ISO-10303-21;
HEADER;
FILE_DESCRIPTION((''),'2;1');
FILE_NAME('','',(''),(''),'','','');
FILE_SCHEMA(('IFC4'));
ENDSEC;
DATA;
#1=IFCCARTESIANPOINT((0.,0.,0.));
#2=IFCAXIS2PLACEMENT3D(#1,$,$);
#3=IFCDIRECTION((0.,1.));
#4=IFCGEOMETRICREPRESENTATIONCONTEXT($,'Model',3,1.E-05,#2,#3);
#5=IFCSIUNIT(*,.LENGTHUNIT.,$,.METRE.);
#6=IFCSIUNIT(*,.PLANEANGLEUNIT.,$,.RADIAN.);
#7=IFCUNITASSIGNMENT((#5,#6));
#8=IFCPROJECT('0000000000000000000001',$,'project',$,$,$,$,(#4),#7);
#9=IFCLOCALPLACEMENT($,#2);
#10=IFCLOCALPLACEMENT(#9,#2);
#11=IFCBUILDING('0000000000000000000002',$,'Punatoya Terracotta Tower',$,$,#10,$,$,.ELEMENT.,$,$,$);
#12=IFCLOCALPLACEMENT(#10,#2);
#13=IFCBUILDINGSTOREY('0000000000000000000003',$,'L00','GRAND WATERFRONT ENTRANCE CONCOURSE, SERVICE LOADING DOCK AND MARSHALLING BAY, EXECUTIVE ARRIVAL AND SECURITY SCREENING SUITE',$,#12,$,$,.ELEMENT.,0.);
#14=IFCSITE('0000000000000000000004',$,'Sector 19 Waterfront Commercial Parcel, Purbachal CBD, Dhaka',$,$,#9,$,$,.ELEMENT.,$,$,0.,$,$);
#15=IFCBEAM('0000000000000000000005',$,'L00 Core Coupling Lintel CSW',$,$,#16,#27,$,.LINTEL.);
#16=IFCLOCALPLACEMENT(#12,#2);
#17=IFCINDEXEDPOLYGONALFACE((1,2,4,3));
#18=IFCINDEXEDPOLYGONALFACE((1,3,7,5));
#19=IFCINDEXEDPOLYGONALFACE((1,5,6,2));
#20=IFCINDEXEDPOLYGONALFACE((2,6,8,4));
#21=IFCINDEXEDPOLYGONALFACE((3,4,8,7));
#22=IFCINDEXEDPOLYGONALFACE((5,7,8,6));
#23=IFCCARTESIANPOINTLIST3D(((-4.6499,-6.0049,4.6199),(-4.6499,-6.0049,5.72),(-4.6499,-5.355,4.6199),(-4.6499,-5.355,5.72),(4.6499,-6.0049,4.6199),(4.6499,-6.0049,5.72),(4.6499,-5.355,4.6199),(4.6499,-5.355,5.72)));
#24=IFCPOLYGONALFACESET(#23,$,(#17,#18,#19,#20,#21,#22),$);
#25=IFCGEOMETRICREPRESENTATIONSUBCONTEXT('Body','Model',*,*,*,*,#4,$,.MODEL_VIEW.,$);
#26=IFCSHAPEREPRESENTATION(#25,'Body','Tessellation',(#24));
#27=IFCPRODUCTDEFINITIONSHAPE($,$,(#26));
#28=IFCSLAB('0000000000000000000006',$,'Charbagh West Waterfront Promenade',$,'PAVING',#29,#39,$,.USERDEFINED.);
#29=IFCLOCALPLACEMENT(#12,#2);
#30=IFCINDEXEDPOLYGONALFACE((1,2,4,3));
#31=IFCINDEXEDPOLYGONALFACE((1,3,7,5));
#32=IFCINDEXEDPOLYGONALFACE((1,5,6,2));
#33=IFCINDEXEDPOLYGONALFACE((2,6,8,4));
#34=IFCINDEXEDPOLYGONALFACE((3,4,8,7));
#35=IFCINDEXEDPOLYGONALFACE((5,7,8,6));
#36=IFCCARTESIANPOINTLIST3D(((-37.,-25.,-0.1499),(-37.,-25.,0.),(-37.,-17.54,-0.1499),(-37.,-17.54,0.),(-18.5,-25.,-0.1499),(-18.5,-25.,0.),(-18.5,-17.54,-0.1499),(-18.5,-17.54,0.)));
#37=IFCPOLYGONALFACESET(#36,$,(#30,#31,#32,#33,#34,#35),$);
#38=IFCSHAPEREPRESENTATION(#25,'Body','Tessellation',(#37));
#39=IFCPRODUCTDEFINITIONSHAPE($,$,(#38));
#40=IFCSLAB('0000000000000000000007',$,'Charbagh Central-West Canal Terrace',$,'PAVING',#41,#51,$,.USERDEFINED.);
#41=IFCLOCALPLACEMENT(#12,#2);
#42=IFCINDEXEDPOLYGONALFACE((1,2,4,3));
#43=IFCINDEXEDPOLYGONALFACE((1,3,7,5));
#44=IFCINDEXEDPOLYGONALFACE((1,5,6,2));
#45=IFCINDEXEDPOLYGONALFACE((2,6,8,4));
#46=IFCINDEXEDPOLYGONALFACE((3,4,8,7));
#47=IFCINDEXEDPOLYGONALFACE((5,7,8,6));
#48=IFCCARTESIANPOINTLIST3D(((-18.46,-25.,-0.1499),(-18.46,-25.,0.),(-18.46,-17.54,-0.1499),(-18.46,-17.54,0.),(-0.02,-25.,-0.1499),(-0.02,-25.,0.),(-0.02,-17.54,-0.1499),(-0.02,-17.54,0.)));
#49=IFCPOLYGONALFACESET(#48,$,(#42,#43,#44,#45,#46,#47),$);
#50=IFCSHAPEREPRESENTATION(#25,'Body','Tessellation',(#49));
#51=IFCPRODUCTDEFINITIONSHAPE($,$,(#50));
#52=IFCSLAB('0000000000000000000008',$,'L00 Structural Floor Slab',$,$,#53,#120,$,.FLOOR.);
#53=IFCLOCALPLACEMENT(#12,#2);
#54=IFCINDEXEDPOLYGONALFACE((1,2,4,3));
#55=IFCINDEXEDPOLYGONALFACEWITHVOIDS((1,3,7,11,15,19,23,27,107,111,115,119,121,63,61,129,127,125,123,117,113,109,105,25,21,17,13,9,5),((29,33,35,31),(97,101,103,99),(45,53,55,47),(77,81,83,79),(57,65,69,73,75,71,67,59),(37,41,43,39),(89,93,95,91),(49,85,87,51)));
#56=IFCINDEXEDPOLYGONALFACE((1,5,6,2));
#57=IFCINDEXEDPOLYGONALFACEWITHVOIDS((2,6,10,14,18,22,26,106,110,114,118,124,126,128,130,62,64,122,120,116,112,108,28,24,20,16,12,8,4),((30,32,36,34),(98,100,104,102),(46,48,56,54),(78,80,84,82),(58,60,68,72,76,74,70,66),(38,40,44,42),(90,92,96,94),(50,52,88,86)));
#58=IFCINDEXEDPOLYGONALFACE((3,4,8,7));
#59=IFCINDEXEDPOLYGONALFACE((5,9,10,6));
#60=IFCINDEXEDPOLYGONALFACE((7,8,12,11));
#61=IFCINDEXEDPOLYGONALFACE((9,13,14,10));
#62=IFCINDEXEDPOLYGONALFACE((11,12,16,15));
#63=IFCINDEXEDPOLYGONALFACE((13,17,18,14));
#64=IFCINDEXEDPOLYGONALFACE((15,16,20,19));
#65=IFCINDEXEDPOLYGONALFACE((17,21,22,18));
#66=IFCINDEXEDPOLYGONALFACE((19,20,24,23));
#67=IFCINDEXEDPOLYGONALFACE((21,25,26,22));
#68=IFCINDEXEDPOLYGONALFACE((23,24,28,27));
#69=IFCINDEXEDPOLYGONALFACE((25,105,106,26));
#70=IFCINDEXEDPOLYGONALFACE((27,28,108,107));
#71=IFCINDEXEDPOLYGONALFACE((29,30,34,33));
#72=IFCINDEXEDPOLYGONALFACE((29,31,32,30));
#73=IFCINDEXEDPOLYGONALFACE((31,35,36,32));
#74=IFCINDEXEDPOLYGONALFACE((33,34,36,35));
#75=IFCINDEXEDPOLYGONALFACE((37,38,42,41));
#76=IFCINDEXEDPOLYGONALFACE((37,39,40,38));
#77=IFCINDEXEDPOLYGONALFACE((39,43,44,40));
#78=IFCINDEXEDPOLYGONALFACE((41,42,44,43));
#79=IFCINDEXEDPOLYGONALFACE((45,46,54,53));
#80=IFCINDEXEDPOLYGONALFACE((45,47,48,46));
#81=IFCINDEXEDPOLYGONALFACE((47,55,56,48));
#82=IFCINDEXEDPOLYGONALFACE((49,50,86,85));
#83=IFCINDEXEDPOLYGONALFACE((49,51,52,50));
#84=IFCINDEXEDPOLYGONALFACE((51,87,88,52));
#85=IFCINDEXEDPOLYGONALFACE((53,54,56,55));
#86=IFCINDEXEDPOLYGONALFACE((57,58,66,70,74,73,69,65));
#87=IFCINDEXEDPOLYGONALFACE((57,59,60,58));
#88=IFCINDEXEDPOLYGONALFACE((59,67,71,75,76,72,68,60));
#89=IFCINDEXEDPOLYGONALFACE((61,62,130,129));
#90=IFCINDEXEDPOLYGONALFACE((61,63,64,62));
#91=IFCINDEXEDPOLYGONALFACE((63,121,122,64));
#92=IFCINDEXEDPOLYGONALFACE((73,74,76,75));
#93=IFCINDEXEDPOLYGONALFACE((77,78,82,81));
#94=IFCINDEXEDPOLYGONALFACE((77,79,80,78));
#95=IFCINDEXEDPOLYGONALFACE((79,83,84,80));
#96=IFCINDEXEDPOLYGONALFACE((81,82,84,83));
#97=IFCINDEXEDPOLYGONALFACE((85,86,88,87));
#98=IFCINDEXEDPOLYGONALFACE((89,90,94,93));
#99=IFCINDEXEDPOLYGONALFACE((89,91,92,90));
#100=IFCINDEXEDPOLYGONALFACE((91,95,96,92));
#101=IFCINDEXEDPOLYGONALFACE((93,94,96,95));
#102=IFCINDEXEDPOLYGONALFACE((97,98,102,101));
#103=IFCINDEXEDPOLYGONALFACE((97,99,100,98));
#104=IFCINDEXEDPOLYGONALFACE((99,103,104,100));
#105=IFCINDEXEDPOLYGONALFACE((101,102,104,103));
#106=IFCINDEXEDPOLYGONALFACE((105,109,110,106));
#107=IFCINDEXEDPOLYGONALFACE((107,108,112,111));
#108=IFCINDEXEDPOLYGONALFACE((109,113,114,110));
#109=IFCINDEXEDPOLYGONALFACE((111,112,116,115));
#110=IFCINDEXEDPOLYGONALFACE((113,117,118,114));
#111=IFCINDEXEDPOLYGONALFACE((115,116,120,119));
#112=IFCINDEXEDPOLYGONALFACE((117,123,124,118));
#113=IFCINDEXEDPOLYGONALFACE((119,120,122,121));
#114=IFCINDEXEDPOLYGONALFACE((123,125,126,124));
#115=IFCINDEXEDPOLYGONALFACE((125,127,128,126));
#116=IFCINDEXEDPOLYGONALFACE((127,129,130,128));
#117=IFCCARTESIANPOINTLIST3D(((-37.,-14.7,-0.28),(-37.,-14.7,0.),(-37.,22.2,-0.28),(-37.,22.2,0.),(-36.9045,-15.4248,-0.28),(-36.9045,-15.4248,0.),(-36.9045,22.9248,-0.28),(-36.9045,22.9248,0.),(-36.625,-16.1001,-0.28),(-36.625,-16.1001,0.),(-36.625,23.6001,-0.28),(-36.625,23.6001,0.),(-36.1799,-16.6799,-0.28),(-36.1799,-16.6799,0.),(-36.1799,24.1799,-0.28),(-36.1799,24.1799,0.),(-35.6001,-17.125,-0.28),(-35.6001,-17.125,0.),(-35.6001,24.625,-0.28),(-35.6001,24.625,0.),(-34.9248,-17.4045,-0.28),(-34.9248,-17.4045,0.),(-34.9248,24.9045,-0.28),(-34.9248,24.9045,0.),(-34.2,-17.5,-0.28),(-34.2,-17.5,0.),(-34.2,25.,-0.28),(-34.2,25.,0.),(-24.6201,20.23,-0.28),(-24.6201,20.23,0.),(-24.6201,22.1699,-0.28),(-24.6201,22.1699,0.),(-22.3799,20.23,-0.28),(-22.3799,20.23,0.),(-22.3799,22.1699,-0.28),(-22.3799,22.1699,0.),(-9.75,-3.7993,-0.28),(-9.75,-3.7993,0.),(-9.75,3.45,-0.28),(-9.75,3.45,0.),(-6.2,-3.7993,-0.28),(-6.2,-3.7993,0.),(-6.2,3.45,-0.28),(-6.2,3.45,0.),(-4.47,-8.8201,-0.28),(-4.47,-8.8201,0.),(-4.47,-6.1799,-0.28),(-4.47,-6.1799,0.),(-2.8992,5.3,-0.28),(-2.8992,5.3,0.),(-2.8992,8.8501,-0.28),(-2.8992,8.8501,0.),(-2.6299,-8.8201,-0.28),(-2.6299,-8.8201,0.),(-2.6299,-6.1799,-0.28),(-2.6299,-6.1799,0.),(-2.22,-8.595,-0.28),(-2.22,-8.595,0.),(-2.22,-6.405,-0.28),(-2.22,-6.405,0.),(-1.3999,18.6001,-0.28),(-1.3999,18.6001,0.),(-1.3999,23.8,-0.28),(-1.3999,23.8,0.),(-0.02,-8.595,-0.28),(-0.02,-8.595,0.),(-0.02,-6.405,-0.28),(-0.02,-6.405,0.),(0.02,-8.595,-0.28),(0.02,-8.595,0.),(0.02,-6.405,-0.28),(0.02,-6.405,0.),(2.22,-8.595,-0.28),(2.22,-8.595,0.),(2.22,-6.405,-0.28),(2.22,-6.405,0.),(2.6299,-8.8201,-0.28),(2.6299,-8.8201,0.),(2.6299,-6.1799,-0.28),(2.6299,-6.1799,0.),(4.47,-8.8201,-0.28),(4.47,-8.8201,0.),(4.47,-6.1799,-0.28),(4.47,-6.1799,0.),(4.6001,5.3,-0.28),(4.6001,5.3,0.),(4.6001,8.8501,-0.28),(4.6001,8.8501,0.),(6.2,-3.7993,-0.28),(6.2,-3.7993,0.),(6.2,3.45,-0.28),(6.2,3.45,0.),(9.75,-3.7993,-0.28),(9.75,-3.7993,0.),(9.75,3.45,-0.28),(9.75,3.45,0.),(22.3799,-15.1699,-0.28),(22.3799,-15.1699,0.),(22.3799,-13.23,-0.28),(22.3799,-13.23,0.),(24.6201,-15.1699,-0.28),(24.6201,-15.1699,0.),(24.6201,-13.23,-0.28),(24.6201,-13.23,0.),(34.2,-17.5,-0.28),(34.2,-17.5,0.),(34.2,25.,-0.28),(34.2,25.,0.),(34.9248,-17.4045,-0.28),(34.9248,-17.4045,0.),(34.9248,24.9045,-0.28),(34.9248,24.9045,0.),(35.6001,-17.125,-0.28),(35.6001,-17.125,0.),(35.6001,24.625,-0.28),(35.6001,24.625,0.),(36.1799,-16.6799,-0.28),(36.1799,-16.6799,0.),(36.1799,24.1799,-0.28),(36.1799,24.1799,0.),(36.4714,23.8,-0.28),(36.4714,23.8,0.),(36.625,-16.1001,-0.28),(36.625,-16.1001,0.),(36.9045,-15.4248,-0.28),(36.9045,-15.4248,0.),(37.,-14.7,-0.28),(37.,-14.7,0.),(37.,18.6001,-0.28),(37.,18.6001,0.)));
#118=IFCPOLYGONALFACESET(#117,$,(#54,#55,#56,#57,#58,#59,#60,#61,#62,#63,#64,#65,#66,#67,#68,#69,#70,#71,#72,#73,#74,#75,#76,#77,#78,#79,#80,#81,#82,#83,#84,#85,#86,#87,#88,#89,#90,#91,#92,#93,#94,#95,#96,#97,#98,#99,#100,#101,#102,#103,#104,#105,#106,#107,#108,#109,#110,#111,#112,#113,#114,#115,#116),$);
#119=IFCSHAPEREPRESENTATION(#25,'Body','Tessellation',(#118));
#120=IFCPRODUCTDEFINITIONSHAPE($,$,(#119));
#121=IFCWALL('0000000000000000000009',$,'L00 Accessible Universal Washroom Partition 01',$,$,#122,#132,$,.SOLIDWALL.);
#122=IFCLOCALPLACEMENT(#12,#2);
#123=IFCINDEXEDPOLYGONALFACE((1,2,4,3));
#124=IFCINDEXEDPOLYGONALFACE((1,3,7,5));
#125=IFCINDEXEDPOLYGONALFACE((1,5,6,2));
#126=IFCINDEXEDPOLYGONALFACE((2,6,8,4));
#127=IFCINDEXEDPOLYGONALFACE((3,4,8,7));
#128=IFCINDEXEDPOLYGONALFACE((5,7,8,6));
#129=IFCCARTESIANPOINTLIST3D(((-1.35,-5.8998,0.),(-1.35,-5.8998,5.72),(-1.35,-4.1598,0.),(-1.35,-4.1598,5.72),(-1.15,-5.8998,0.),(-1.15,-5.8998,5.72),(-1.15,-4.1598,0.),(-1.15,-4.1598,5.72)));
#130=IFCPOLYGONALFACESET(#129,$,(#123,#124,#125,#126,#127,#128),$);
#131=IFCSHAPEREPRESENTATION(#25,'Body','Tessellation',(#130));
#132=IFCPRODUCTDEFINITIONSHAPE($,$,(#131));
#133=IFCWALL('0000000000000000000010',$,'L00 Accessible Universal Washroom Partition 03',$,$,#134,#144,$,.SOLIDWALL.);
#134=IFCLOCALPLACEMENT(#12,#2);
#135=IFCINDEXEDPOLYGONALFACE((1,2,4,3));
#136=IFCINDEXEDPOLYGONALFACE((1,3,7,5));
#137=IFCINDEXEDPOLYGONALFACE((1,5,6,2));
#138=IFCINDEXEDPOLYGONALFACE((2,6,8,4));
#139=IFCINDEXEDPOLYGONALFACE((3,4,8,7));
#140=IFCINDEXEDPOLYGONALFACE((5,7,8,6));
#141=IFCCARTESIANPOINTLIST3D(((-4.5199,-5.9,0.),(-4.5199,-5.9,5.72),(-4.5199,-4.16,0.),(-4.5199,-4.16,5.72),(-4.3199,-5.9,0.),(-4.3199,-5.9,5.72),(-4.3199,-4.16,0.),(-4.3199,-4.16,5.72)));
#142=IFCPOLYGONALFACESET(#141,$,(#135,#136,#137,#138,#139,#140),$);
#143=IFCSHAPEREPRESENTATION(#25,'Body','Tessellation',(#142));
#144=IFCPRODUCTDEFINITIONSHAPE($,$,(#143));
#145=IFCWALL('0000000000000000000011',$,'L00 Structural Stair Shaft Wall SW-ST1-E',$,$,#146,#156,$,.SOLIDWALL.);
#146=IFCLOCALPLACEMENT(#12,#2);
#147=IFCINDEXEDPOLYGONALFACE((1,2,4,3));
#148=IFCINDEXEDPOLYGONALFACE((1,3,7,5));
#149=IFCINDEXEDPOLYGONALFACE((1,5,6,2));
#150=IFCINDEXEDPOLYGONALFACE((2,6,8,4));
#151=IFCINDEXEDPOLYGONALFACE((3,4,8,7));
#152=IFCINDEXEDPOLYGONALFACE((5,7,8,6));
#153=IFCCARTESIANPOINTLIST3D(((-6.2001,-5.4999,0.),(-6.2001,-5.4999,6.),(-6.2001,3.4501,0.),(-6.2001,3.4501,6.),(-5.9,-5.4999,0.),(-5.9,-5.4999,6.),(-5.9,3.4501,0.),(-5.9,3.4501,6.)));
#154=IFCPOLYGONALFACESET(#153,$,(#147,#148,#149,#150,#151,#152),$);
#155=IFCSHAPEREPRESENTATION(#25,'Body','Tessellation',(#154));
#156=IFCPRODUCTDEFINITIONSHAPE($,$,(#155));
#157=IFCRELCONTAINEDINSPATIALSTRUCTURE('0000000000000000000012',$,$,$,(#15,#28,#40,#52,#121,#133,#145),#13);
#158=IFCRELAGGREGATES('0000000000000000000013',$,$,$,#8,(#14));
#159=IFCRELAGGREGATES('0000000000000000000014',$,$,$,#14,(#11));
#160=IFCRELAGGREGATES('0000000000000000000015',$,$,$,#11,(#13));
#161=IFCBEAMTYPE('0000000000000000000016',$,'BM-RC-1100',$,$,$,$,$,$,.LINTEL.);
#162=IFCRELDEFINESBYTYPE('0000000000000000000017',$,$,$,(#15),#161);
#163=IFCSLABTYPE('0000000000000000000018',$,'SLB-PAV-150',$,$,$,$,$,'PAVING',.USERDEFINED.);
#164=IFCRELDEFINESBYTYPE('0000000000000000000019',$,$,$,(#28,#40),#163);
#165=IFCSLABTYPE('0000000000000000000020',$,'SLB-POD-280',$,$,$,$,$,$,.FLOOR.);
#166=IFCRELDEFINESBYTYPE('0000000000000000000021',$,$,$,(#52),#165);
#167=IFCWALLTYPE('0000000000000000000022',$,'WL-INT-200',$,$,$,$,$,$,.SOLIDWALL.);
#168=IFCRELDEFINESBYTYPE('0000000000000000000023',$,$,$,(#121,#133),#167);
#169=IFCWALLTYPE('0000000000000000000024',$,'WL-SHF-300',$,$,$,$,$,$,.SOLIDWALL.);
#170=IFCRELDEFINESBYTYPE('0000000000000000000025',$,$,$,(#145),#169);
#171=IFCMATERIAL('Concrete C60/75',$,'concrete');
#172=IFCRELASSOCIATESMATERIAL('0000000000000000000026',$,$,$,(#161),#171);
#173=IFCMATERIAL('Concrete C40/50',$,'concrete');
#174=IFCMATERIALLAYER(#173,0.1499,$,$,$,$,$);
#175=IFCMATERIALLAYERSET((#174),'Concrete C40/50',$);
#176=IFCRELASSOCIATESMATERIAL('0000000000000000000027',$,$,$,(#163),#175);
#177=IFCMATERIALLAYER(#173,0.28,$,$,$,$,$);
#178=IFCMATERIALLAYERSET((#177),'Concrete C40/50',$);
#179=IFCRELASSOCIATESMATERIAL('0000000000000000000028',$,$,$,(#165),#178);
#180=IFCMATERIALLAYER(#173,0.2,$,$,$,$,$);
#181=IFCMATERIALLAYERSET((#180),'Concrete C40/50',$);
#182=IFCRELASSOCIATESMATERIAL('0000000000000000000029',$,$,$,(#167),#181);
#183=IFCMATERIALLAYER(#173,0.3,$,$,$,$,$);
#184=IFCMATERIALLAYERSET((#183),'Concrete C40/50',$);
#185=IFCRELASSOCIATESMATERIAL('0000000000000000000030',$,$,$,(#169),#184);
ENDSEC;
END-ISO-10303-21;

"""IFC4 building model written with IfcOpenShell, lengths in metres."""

from ifc_helpers import new_model, si_unit, direction, frame, frame_2d, origin, origin_2d, place, context, subcontext, project, spatial, polyline, rectangle, outline, extrude, material, layer, layer_set, material_profile, profile_set, type_object, element, save


model = new_model("IFC4")

# Units and contexts
model_context = context("Model", 3, precision=1e-05, world=origin(), true_north=direction((0.0, 1.0)))
body_context = subcontext(model_context, "Body", "Model", "MODEL_VIEW")
ifc_project = project(units=[si_unit("LENGTHUNIT", "METRE"), si_unit("PLANEANGLEUNIT", "RADIAN")], contexts=[model_context])

# Site, building, storey
site_placement = place(None, origin())
site = spatial("IfcSite", under=ifc_project, at=site_placement, Name="Sector 19 Waterfront Commercial Parcel, Purbachal CBD, Dhaka", CompositionType="ELEMENT", RefElevation=0.0)
building_placement = place(site_placement, origin())
building = spatial("IfcBuilding", under=site, at=building_placement, Name="Punatoya Terracotta Tower", CompositionType="ELEMENT")
storey_placement = place(building_placement, origin())
storey = spatial("IfcBuildingStorey", under=building, at=storey_placement, Name="L00", Description="GRAND WATERFRONT ENTRANCE CONCOURSE, SERVICE LOADING DOCK AND MARSHALLING BAY, EXECUTIVE ARRIVAL AND SECURITY SCREENING SUITE", CompositionType="ELEMENT", Elevation=0.0)

# Beam
ifc_material_1 = material(Name="Concrete C60/75", Category="concrete")
ifc_material_profile = material_profile(ifc_material_1, rectangle(XDim=0.6499, YDim=1.1001, at=origin_2d()))
ifc_profile_set = profile_set([ifc_material_profile], Name="Concrete C60/75")
beam_type = type_object("IfcBeamType", Name="BM-RC-1100", PredefinedType="LINTEL", material=ifc_profile_set)
beam_placement = place(storey_placement, frame((-4.6499, -5.6799, 5.1699), z_axis=(1.0, 0.0, 0.0), x_axis=(0.0, 1.0, 0.0)))
element("IfcBeam", 1, at=beam_placement, inside=storey, type_object=beam_type, Name="L00 Core Coupling Lintel CSW", PredefinedType="LINTEL", context=body_context, shape_type="SweptSolid", body=[
    extrude(rectangle(XDim=0.6499, YDim=1.1001, at=origin_2d()), origin(), (0.0, 0.0, 1.0), 9.2998),
])

# Slabs
ifc_material_2 = material(Name="Concrete C40/50", Category="concrete")
ifc_layer_1 = layer(ifc_material_2, 0.1499)
ifc_layer_set_1 = layer_set([ifc_layer_1], Name="Concrete C40/50")
slab_type_1 = type_object("IfcSlabType", Name="SLB-PAV-150", ElementType="PAVING", PredefinedType="USERDEFINED", material=ifc_layer_set_1)
slab_1_placement = place(storey_placement, frame((0.0, 0.0, -0.1499)))
element("IfcSlab", 2, at=slab_1_placement, inside=storey, type_object=slab_type_1, Name="Charbagh West Waterfront Promenade", ObjectType="PAVING", PredefinedType="USERDEFINED", context=body_context, shape_type="SweptSolid", body=[
    extrude(outline(polyline([(-37.0, -25.0), (-18.5, -25.0), (-18.5, -17.54), (-37.0, -17.54), (-37.0, -25.0)])), origin(), (0.0, 0.0, 1.0), 0.1499),
])
slab_2_placement = place(storey_placement, frame((0.0, 0.0, -0.1499)))
element("IfcSlab", 3, at=slab_2_placement, inside=storey, type_object=slab_type_1, Name="Charbagh Central-West Canal Terrace", ObjectType="PAVING", PredefinedType="USERDEFINED", context=body_context, shape_type="SweptSolid", body=[
    extrude(outline(polyline([(-18.46, -25.0), (-0.02, -25.0), (-0.02, -17.54), (-18.46, -17.54), (-18.46, -25.0)])), origin(), (0.0, 0.0, 1.0), 0.1499),
])
ifc_layer_2 = layer(ifc_material_2, 0.28)
ifc_layer_set_2 = layer_set([ifc_layer_2], Name="Concrete C40/50")
slab_type_2 = type_object("IfcSlabType", Name="SLB-POD-280", PredefinedType="FLOOR", material=ifc_layer_set_2)
slab_3_placement = place(storey_placement, frame((0.0, 0.0, -0.28)))
element("IfcSlab", 4, at=slab_3_placement, inside=storey, type_object=slab_type_2, Name="L00 Structural Floor Slab", PredefinedType="FLOOR", context=body_context, shape_type="SweptSolid", body=[
    extrude(outline(polyline([(37.0, -14.7), (36.9045, -15.4248), (36.625, -16.1001), (36.1799, -16.6799), (35.6001, -17.125), (34.9248, -17.4045), (34.2, -17.5), (-34.2, -17.5), (-34.9248, -17.4045), (-35.6001, -17.125), (-36.1799, -16.6799), (-36.625, -16.1001), (-36.9045, -15.4248), (-37.0, -14.7), (-37.0, 22.2), (-36.9045, 22.9248), (-36.625, 23.6001), (-36.1799, 24.1799), (-35.6001, 24.625), (-34.9248, 24.9045), (-34.2, 25.0), (34.2, 25.0), (34.9248, 24.9045), (35.6001, 24.625), (36.1799, 24.1799), (36.4714, 23.8), (-1.3999, 23.8), (-1.3999, 18.6001), (37.0, 18.6001), (37.0, -14.7)]), holes=[polyline([(24.6201, -13.23), (22.3799, -13.23), (22.3799, -15.1699), (24.6201, -15.1699), (24.6201, -13.23)]), polyline([(-2.6299, -6.1799), (-4.47, -6.1799), (-4.47, -8.8201), (-2.6299, -8.8201), (-2.6299, -6.1799)]), polyline([(-2.22, -6.405), (-2.22, -8.595), (-0.02, -8.595), (0.02, -8.595), (2.22, -8.595), (2.22, -6.405), (0.02, -6.405), (-0.02, -6.405), (-2.22, -6.405)]), polyline([(4.47, -8.8201), (4.47, -6.1799), (2.6299, -6.1799), (2.6299, -8.8201), (4.47, -8.8201)]), polyline([(-9.75, 3.45), (-9.75, -3.7993), (-6.2, -3.7993), (-6.2, 3.45), (-9.75, 3.45)]), polyline([(6.2, 3.45), (6.2, -3.7993), (9.75, -3.7993), (9.75, 3.45), (6.2, 3.45)]), polyline([(4.6001, 8.8501), (-2.8992, 8.8501), (-2.8992, 5.3), (4.6001, 5.3), (4.6001, 8.8501)]), polyline([(-22.3799, 20.23), (-22.3799, 22.1699), (-24.6201, 22.1699), (-24.6201, 20.23), (-22.3799, 20.23)])]), origin(), (0.0, 0.0, 1.0), 0.28),
])

# Wall
ifc_layer_3 = layer(ifc_material_2, 0.2)
ifc_layer_set_3 = layer_set([ifc_layer_3], Name="Concrete C40/50")
wall_type_1 = type_object("IfcWallType", Name="WL-INT-200", PredefinedType="SOLIDWALL", material=ifc_layer_set_3)
wall_1_placement = place(storey_placement, frame((-1.25, -5.8999, 0.0), z_axis=(0.0, 0.0, 1.0), x_axis=(0.0, 1.0, 0.0)))
element("IfcWall", 5, at=wall_1_placement, inside=storey, type_object=wall_type_1, Name="L00 Accessible Universal Washroom Partition 01", PredefinedType="SOLIDWALL", context=body_context, shape_type="SweptSolid", body=[
    extrude(rectangle(XDim=1.74, YDim=0.2, at=frame_2d((0.8701, 0.0))), origin(), (0.0, 0.0, 1.0), 5.72),
])

# Walls
wall_2_placement = place(storey_placement, frame((-4.4199, -4.1599, 0.0), z_axis=(0.0, 0.0, 1.0), x_axis=(0.0, -1.0, 0.0)))
element("IfcWall", 6, at=wall_2_placement, inside=storey, type_object=wall_type_1, Name="L00 Accessible Universal Washroom Partition 03", PredefinedType="SOLIDWALL", context=body_context, shape_type="SweptSolid", body=[
    extrude(rectangle(XDim=1.74, YDim=0.2, at=frame_2d((0.8701, 0.0))), origin(), (0.0, 0.0, 1.0), 5.72),
])
ifc_layer_4 = layer(ifc_material_2, 0.3)
ifc_layer_set_4 = layer_set([ifc_layer_4], Name="Concrete C40/50")
wall_type_2 = type_object("IfcWallType", Name="WL-SHF-300", PredefinedType="SOLIDWALL", material=ifc_layer_set_4)
wall_3_placement = place(storey_placement, frame((-6.05, -5.5, 0.0), z_axis=(0.0, 0.0, 1.0), x_axis=(0.0, 1.0, 0.0)))
element("IfcWall", 7, at=wall_3_placement, inside=storey, type_object=wall_type_2, Name="L00 Structural Stair Shaft Wall SW-ST1-E", PredefinedType="SOLIDWALL", context=body_context, shape_type="SweptSolid", body=[
    extrude(rectangle(XDim=8.95, YDim=0.3, at=frame_2d((4.4751, 0.0))), origin(), (0.0, 0.0, 1.0), 6.0),
])

save(model, "model.ifc")
